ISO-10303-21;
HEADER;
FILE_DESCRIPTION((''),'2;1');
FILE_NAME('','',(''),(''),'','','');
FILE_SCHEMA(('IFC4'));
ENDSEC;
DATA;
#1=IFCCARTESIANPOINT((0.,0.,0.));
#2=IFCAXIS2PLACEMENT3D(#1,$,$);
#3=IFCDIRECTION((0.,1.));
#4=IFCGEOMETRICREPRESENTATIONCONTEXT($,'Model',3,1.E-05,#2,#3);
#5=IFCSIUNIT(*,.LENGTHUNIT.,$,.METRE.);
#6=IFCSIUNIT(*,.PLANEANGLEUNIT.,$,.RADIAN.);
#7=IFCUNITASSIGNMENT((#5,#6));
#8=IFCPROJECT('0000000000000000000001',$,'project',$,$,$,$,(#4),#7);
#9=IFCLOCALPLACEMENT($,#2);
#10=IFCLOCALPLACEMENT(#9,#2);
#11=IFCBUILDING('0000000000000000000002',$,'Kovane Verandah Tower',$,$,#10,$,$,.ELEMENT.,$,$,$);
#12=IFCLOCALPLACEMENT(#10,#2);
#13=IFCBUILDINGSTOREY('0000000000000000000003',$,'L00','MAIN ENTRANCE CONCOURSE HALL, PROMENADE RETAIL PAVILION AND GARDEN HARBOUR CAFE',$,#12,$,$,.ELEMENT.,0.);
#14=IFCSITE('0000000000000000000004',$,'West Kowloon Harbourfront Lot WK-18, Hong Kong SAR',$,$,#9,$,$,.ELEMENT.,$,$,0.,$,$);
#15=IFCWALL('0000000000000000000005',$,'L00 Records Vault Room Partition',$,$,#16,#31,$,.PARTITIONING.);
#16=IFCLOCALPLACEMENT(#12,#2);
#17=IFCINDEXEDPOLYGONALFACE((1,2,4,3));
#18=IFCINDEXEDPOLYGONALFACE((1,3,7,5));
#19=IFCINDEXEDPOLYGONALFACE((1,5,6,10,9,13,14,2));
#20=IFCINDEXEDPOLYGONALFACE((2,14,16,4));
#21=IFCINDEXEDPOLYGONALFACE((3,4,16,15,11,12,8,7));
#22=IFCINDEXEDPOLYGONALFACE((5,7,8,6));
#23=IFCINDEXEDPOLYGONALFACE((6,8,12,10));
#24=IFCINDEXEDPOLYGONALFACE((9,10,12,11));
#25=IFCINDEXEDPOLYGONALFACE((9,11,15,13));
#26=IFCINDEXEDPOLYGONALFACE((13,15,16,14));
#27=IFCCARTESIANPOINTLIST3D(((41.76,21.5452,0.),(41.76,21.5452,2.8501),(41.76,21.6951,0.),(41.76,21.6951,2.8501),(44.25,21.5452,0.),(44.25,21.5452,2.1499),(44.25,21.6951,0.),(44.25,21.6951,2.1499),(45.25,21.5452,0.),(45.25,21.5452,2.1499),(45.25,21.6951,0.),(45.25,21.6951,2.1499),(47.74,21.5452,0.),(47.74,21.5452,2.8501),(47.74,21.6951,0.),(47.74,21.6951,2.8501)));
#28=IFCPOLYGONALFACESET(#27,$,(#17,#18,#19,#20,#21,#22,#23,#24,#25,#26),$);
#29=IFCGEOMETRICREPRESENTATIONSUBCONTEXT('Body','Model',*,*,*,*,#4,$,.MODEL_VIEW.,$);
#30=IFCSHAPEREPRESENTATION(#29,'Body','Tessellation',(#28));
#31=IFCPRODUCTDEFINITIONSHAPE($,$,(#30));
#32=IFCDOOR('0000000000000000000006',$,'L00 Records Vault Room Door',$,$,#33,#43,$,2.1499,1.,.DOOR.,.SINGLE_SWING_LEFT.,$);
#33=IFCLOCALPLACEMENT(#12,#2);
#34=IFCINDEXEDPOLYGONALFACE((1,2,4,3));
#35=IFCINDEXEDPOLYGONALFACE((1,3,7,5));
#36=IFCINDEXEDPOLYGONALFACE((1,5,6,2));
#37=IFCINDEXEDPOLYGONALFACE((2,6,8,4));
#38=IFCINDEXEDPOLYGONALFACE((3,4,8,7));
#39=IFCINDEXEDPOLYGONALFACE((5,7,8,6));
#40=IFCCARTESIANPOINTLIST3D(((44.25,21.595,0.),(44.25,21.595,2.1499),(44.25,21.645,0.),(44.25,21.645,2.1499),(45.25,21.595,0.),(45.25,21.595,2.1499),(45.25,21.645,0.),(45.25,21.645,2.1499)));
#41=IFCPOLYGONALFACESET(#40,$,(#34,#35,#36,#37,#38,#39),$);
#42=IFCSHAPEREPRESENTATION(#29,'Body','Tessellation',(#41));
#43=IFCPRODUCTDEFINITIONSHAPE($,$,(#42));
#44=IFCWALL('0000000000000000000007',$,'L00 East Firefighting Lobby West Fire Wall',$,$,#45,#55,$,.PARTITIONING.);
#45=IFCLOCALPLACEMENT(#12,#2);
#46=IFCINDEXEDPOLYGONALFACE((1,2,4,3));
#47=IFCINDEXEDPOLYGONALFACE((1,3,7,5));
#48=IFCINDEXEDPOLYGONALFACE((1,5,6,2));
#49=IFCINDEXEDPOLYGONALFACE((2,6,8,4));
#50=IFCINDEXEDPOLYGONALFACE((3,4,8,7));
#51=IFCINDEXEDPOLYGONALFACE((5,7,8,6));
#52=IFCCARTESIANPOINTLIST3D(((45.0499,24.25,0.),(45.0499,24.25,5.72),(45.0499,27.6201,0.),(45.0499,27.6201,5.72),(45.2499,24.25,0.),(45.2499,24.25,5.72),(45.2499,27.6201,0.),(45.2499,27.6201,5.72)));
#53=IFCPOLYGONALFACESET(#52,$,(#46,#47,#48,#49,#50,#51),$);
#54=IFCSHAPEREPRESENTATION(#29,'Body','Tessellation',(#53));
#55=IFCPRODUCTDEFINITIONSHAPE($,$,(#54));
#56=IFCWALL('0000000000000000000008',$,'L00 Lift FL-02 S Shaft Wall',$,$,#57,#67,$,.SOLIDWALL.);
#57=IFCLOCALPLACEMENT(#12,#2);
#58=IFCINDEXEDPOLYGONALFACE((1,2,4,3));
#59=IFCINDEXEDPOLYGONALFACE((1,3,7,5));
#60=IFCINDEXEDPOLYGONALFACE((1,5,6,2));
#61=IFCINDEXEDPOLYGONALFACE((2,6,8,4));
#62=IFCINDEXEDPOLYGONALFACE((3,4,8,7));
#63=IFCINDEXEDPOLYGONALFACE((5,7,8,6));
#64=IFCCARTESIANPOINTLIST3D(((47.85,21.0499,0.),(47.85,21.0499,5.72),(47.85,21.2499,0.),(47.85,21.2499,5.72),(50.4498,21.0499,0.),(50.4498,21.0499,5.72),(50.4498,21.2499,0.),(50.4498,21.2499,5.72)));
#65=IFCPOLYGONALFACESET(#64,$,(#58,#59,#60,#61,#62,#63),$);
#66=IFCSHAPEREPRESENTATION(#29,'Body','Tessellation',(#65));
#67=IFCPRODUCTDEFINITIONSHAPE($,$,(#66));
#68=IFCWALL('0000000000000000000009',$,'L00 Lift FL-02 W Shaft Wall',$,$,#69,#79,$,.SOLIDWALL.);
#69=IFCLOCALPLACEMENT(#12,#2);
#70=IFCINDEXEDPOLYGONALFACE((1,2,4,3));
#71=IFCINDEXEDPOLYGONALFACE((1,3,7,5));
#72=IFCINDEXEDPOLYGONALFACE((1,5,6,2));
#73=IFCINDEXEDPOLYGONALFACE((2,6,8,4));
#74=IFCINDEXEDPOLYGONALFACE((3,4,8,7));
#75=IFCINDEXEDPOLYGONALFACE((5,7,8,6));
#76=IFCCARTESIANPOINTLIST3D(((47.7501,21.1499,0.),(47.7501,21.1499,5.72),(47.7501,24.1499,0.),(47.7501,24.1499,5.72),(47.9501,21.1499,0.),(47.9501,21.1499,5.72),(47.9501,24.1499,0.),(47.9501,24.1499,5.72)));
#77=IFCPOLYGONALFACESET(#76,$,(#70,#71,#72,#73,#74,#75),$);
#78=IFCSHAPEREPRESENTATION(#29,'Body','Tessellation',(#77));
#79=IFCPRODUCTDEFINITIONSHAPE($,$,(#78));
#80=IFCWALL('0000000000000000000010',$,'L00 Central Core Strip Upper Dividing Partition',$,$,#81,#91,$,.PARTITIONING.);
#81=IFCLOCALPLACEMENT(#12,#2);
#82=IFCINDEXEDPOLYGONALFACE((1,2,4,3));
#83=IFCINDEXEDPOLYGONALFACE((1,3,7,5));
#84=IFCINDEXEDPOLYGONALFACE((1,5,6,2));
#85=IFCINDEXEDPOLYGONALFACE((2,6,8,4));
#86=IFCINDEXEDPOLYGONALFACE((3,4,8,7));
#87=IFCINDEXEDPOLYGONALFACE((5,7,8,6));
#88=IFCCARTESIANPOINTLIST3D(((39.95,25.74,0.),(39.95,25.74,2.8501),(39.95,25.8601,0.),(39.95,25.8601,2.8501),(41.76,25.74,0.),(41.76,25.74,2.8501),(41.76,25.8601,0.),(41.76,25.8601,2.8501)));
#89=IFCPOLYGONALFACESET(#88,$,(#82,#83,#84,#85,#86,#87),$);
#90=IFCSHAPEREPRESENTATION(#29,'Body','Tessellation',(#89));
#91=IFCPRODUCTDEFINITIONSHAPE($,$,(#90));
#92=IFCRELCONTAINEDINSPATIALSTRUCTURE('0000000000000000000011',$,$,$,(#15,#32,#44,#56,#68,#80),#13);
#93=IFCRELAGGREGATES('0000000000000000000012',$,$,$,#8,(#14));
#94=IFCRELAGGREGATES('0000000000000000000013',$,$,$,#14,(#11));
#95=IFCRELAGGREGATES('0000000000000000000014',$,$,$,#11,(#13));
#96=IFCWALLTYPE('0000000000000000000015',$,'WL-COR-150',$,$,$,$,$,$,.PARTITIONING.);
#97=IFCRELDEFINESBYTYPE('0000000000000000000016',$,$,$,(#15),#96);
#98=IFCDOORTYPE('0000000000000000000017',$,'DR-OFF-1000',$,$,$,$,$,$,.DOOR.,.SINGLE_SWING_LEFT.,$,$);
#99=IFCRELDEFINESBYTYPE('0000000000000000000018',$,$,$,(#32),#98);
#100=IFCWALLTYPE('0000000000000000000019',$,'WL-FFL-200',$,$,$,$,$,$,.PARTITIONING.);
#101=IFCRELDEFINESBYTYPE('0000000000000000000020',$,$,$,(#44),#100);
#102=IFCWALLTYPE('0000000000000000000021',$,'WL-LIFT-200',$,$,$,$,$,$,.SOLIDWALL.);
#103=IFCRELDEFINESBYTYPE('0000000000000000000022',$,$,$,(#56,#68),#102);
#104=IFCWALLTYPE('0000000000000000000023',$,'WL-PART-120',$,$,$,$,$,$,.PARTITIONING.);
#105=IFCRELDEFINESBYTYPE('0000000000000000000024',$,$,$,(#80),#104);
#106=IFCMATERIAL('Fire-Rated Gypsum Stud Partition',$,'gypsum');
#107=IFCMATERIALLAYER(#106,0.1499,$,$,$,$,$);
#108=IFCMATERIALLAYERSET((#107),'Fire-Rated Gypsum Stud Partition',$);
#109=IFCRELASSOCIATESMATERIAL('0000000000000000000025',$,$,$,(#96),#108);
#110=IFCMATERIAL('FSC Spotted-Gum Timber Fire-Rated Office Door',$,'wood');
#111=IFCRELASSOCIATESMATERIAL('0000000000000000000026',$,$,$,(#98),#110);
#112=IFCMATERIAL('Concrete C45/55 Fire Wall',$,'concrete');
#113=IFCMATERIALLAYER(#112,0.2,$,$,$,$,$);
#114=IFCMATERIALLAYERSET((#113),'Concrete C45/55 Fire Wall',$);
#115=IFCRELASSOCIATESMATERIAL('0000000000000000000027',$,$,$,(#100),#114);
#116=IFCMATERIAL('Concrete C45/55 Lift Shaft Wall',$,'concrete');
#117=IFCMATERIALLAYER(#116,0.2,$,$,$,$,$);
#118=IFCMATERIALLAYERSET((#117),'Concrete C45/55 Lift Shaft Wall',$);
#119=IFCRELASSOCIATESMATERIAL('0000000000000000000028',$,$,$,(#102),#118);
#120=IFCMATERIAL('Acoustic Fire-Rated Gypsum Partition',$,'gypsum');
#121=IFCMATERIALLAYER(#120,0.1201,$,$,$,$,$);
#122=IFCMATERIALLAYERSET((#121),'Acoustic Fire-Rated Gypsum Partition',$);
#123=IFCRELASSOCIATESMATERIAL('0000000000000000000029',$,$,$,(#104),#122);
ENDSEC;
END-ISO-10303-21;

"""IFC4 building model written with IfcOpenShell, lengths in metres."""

from ifc_helpers import new_model, si_unit, direction, frame, frame_2d, origin, place, context, subcontext, project, spatial, rectangle, extrude, material, layer, layer_set, type_object, element, fill, save


model = new_model("IFC4")

# Units and contexts
model_context = context("Model", 3, precision=1e-05, world=origin(), true_north=direction((0.0, 1.0)))
body_context = subcontext(model_context, "Body", "Model", "MODEL_VIEW")
ifc_project = project(units=[si_unit("LENGTHUNIT", "METRE"), si_unit("PLANEANGLEUNIT", "RADIAN")], contexts=[model_context])

# Site, building, storey
site_placement = place(None, origin())
site = spatial("IfcSite", under=ifc_project, at=site_placement, Name="West Kowloon Harbourfront Lot WK-18, Hong Kong SAR", CompositionType="ELEMENT", RefElevation=0.0)
building_placement = place(site_placement, origin())
building = spatial("IfcBuilding", under=site, at=building_placement, Name="Kovane Verandah Tower", CompositionType="ELEMENT")
storey_placement = place(building_placement, origin())
storey = spatial("IfcBuildingStorey", under=building, at=storey_placement, Name="L00", Description="MAIN ENTRANCE CONCOURSE HALL, PROMENADE RETAIL PAVILION AND GARDEN HARBOUR CAFE", CompositionType="ELEMENT", Elevation=0.0)

# Shared definitions
ifc_material_1 = material(Name="Fire-Rated Gypsum Stud Partition", Category="gypsum")
ifc_layer_1 = layer(ifc_material_1, 0.1499)
ifc_layer_set_1 = layer_set([ifc_layer_1], Name="Fire-Rated Gypsum Stud Partition")
wall_type_1 = type_object("IfcWallType", Name="WL-COR-150", PredefinedType="PARTITIONING", material=ifc_layer_set_1)

# Wall, opening, door
wall_1_placement = place(storey_placement, frame((41.76, 21.6201, 0.0), z_axis=(0.0, 0.0, 1.0), x_axis=(1.0, 0.0, 0.0)))
wall_1 = element("IfcWall", 1, at=wall_1_placement, inside=storey, type_object=wall_type_1, Name="L00 Records Vault Room Partition", PredefinedType="PARTITIONING", context=body_context, shape_type="SweptSolid", body=[
    extrude(rectangle(XDim=5.98, YDim=0.1499, at=frame_2d((2.99, 0.0))), origin(), (0.0, 0.0, 1.0), 2.8501),
])
opening_1_placement = place(wall_1_placement, frame((2.49, 0.0, 0.0)))
opening_1 = element("IfcOpeningElement", 2, at=opening_1_placement, cuts=wall_1, PredefinedType="OPENING", context=body_context, shape_type="SweptSolid", body=[
    extrude(rectangle(XDim=1.0, YDim=2.1499, at=frame_2d((0.5, 1.075))), frame((0.0, 0.075, 0.0), z_axis=(0.0, -1.0, 0.0), x_axis=(1.0, 0.0, 0.0)), (0.0, 0.0, 1.0), 0.1499),
])
ifc_material_2 = material(Name="FSC Spotted-Gum Timber Fire-Rated Office Door", Category="wood")
door_type_1 = type_object("IfcDoorType", Name="DR-OFF-1000", OperationType="SINGLE_SWING_LEFT", PredefinedType="DOOR", material=ifc_material_2)
door_1_placement = place(opening_1_placement, origin())
door_1 = element("IfcDoor", 3, at=door_1_placement, inside=storey, type_object=door_type_1, Name="L00 Records Vault Room Door", OperationType="SINGLE_SWING_LEFT", OverallHeight=2.1499, OverallWidth=1.0, PredefinedType="DOOR", context=body_context, shape_type="SweptSolid", body=[
    extrude(rectangle(XDim=1.0, YDim=2.1499, at=frame_2d((0.5, 1.075))), frame((0.0, 0.0249, 0.0), z_axis=(0.0, -1.0, 0.0), x_axis=(1.0, 0.0, 0.0)), (0.0, 0.0, 1.0), 0.05),
])
fill(opening_1, door_1)

# Wall
ifc_material_3 = material(Name="Concrete C45/55 Fire Wall", Category="concrete")
ifc_layer_2 = layer(ifc_material_3, 0.2)
ifc_layer_set_2 = layer_set([ifc_layer_2], Name="Concrete C45/55 Fire Wall")
wall_type_2 = type_object("IfcWallType", Name="WL-FFL-200", PredefinedType="PARTITIONING", material=ifc_layer_set_2)
wall_2_placement = place(storey_placement, frame((45.1499, 24.25, 0.0), z_axis=(0.0, 0.0, 1.0), x_axis=(0.0, 1.0, 0.0)))
element("IfcWall", 4, at=wall_2_placement, inside=storey, type_object=wall_type_2, Name="L00 East Firefighting Lobby West Fire Wall", PredefinedType="PARTITIONING", context=body_context, shape_type="SweptSolid", body=[
    extrude(rectangle(XDim=3.3701, YDim=0.2, at=frame_2d((1.6851, 0.0))), origin(), (0.0, 0.0, 1.0), 5.72),
])

# Wall
ifc_material_4 = material(Name="Concrete C45/55 Lift Shaft Wall", Category="concrete")
ifc_layer_3 = layer(ifc_material_4, 0.2)
ifc_layer_set_3 = layer_set([ifc_layer_3], Name="Concrete C45/55 Lift Shaft Wall")
wall_type_3 = type_object("IfcWallType", Name="WL-LIFT-200", PredefinedType="SOLIDWALL", material=ifc_layer_set_3)
wall_3_placement = place(storey_placement, frame((47.8501, 21.1499, 0.0), z_axis=(0.0, 0.0, 1.0), x_axis=(1.0, 0.0, 0.0)))
element("IfcWall", 5, at=wall_3_placement, inside=storey, type_object=wall_type_3, Name="L00 Lift FL-02 S Shaft Wall", PredefinedType="SOLIDWALL", context=body_context, shape_type="SweptSolid", body=[
    extrude(rectangle(XDim=2.5999, YDim=0.2, at=frame_2d((1.2998, 0.0))), origin(), (0.0, 0.0, 1.0), 5.72),
])

# Walls
wall_4_placement = place(storey_placement, frame((47.8501, 24.1499, 0.0), z_axis=(0.0, 0.0, 1.0), x_axis=(0.0, -1.0, 0.0)))
element("IfcWall", 6, at=wall_4_placement, inside=storey, type_object=wall_type_3, Name="L00 Lift FL-02 W Shaft Wall", PredefinedType="SOLIDWALL", context=body_context, shape_type="SweptSolid", body=[
    extrude(rectangle(XDim=3.0, YDim=0.2, at=frame_2d((1.5, 0.0))), origin(), (0.0, 0.0, 1.0), 5.72),
])
ifc_material_5 = material(Name="Acoustic Fire-Rated Gypsum Partition", Category="gypsum")
ifc_layer_4 = layer(ifc_material_5, 0.1201)
ifc_layer_set_4 = layer_set([ifc_layer_4], Name="Acoustic Fire-Rated Gypsum Partition")
wall_type_4 = type_object("IfcWallType", Name="WL-PART-120", PredefinedType="PARTITIONING", material=ifc_layer_set_4)
wall_5_placement = place(storey_placement, frame((39.95, 25.8, 0.0), z_axis=(0.0, 0.0, 1.0), x_axis=(1.0, 0.0, 0.0)))
element("IfcWall", 7, at=wall_5_placement, inside=storey, type_object=wall_type_4, Name="L00 Central Core Strip Upper Dividing Partition", PredefinedType="PARTITIONING", context=body_context, shape_type="SweptSolid", body=[
    extrude(rectangle(XDim=1.8101, YDim=0.1201, at=frame_2d((0.905, 0.0))), origin(), (0.0, 0.0, 1.0), 2.8501),
])

save(model, "model.ifc")
